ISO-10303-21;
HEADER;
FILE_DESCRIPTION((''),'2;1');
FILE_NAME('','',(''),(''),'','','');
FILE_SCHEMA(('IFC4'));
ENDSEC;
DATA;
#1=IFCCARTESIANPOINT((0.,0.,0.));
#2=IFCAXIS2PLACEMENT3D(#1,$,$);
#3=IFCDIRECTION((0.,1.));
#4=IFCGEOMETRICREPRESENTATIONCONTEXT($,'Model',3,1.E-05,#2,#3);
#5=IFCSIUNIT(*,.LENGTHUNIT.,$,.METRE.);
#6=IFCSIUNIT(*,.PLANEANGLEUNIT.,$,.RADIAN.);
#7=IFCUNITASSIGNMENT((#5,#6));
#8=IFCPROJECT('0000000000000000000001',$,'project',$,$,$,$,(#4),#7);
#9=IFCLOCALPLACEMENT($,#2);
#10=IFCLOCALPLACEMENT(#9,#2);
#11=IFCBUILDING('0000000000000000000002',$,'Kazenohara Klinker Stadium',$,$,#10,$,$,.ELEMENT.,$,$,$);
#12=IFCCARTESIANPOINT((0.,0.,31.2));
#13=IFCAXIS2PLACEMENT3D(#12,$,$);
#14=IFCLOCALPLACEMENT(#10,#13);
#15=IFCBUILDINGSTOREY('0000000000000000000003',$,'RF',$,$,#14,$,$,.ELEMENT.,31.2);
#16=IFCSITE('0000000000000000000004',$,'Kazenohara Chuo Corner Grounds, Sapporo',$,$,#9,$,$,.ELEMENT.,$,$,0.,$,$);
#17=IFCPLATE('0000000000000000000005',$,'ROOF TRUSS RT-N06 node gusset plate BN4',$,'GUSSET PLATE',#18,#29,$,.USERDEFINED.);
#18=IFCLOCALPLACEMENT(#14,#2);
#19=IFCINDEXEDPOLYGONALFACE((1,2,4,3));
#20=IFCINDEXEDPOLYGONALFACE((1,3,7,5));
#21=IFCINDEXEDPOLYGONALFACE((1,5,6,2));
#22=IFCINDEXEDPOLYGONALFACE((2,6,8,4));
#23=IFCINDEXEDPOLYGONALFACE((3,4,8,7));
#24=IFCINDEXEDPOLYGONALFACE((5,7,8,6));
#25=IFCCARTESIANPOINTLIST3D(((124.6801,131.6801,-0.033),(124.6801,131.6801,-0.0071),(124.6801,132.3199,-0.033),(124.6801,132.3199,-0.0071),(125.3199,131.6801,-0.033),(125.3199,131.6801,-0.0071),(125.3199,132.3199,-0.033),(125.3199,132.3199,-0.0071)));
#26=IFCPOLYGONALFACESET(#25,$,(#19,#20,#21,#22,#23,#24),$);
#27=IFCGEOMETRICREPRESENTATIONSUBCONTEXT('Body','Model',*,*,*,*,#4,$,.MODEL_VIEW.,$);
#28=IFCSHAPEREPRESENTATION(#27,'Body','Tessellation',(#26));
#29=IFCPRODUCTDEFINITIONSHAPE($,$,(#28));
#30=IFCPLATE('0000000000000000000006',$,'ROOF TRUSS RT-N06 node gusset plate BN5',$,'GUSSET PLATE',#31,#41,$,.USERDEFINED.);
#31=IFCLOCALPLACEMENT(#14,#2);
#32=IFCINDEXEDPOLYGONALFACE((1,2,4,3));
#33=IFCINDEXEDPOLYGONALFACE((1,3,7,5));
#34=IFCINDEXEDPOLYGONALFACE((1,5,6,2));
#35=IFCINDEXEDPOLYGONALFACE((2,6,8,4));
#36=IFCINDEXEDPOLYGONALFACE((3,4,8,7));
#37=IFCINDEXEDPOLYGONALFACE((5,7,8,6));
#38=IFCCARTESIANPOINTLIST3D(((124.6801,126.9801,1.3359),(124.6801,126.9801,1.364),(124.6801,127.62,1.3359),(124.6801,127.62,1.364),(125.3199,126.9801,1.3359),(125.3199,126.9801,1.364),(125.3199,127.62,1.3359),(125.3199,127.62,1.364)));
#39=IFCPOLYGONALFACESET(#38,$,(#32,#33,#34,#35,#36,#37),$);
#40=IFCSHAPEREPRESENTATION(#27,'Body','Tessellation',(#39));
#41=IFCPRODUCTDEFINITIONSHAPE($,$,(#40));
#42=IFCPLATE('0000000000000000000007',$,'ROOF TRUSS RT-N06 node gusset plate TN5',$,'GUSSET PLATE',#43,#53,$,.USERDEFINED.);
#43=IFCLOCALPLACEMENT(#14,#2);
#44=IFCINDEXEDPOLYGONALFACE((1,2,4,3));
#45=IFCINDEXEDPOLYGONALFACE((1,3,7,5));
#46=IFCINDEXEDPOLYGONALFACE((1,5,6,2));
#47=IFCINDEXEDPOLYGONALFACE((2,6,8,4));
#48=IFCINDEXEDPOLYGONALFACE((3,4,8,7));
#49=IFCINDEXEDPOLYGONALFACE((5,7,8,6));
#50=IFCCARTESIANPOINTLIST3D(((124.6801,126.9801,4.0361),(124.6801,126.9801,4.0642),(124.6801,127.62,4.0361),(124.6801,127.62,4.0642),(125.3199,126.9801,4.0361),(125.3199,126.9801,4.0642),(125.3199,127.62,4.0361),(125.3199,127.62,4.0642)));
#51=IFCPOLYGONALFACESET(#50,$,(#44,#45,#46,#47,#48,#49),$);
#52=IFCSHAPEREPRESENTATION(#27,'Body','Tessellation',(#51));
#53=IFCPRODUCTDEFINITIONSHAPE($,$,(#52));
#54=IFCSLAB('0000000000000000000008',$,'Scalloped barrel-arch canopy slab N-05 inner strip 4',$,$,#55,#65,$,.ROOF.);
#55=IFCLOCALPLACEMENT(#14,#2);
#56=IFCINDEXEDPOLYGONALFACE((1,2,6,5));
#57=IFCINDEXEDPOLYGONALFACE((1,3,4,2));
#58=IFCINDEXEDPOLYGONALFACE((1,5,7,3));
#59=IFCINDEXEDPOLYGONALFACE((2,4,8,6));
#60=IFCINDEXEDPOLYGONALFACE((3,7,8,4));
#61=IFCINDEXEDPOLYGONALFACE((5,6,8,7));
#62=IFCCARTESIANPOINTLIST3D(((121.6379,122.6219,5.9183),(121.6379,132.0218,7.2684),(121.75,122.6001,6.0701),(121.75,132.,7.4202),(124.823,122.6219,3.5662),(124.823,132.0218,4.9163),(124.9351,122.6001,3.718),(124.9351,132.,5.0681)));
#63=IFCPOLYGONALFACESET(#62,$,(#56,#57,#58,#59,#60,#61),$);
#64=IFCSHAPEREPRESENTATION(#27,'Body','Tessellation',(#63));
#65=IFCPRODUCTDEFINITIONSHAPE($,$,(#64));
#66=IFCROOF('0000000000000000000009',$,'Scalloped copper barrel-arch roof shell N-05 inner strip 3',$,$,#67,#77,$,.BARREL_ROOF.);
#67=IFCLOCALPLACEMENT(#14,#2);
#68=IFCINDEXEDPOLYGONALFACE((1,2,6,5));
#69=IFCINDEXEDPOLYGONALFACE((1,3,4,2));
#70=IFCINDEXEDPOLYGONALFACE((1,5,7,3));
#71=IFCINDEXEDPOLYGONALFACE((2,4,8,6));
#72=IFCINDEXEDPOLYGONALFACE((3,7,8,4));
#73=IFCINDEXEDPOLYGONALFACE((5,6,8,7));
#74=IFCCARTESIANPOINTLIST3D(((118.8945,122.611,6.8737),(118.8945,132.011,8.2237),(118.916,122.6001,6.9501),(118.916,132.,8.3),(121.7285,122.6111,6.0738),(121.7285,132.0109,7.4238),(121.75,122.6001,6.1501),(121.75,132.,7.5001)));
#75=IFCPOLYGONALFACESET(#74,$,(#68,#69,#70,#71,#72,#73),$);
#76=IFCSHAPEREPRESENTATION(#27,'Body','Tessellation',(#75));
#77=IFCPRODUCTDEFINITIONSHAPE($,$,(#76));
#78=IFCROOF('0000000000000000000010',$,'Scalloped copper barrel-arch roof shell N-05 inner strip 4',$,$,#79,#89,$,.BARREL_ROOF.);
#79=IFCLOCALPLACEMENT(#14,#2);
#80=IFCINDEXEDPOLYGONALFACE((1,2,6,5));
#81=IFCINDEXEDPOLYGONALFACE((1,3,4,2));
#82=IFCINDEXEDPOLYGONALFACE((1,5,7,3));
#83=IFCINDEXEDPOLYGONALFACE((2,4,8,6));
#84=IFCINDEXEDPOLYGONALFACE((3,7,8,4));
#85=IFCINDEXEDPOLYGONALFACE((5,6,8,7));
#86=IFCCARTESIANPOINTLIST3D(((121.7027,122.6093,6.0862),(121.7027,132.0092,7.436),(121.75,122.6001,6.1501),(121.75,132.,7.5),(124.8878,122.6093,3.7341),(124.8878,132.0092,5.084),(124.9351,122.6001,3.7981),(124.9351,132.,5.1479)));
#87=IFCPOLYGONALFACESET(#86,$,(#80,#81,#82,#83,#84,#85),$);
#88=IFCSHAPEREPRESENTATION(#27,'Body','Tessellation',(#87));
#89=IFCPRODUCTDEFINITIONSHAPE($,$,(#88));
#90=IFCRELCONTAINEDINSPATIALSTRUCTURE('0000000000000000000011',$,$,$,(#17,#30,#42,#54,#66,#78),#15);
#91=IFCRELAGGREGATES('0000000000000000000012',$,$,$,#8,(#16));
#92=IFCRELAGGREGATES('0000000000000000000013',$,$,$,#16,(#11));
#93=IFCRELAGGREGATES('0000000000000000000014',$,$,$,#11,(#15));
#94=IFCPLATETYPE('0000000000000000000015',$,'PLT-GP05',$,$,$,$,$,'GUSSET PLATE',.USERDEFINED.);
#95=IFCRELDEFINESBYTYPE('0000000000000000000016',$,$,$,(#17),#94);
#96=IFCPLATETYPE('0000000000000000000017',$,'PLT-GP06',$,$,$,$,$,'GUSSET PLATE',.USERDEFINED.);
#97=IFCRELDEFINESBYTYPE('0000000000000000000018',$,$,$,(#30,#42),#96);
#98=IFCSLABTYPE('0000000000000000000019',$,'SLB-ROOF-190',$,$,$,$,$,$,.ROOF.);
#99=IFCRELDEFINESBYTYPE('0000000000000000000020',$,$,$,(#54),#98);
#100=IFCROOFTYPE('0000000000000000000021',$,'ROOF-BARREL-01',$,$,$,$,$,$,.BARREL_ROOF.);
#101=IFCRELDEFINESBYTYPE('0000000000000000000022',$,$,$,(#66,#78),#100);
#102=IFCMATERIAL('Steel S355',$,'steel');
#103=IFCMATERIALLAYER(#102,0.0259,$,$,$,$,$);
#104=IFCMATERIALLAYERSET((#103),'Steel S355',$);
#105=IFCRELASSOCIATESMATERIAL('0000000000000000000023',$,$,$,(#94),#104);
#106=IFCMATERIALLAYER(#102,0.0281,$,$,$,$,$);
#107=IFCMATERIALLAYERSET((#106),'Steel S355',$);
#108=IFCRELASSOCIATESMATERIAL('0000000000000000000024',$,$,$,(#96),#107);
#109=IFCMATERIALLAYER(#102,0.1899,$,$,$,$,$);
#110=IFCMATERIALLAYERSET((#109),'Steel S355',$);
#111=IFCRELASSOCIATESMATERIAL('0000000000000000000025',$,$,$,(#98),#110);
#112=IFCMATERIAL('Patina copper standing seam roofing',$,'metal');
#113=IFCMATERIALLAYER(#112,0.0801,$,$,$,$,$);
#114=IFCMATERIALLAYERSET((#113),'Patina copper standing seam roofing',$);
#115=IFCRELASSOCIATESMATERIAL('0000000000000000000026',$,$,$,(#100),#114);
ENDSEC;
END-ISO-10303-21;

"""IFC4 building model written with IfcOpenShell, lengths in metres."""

from ifc_helpers import new_model, si_unit, direction, frame, origin, origin_2d, place, context, subcontext, project, spatial, polyline, rectangle, outline, extrude, material, layer, layer_set, type_object, element, save


model = new_model("IFC4")

# Units and contexts
model_context = context("Model", 3, precision=1e-05, world=origin(), true_north=direction((0.0, 1.0)))
body_context = subcontext(model_context, "Body", "Model", "MODEL_VIEW")
ifc_project = project(units=[si_unit("LENGTHUNIT", "METRE"), si_unit("PLANEANGLEUNIT", "RADIAN")], contexts=[model_context])

# Site, building, storey
site_placement = place(None, origin())
site = spatial("IfcSite", under=ifc_project, at=site_placement, Name="Kazenohara Chuo Corner Grounds, Sapporo", CompositionType="ELEMENT", RefElevation=0.0)
building_placement = place(site_placement, origin())
building = spatial("IfcBuilding", under=site, at=building_placement, Name="Kazenohara Klinker Stadium", CompositionType="ELEMENT")
storey_placement = place(building_placement, frame((0.0, 0.0, 31.2)))
storey = spatial("IfcBuildingStorey", under=building, at=storey_placement, Name="RF", CompositionType="ELEMENT", Elevation=31.2)

# Shared definitions
ifc_material_1 = material(Name="Steel S355", Category="steel")

# Plates
ifc_layer_1 = layer(ifc_material_1, 0.0259)
ifc_layer_set_1 = layer_set([ifc_layer_1], Name="Steel S355")
plate_type_1 = type_object("IfcPlateType", Name="PLT-GP05", ElementType="GUSSET PLATE", PredefinedType="USERDEFINED", material=ifc_layer_set_1)
plate_1_placement = place(storey_placement, frame((125.0, 132.0, -0.033), z_axis=(0.0, 0.0, 1.0), x_axis=(1.0, 0.0, 0.0)))
element("IfcPlate", 1, at=plate_1_placement, inside=storey, type_object=plate_type_1, Name="ROOF TRUSS RT-N06 node gusset plate BN4", ObjectType="GUSSET PLATE", PredefinedType="USERDEFINED", context=body_context, shape_type="SweptSolid", body=[
    extrude(rectangle(XDim=0.6399, YDim=0.6399, at=origin_2d()), origin(), (0.0, 0.0, 1.0), 0.0259),
])
ifc_layer_2 = layer(ifc_material_1, 0.0281)
ifc_layer_set_2 = layer_set([ifc_layer_2], Name="Steel S355")
plate_type_2 = type_object("IfcPlateType", Name="PLT-GP06", ElementType="GUSSET PLATE", PredefinedType="USERDEFINED", material=ifc_layer_set_2)
for number, where, z_axis, x_axis, name in (
    (2, (125.0, 127.3, 1.3359), (0.0, 0.0, 1.0), (1.0, 0.0, 0.0), "ROOF TRUSS RT-N06 node gusset plate BN5"),
    (3, (125.0, 127.3, 4.0361), (0.0, 0.0, 1.0), (1.0, 0.0, 0.0), "ROOF TRUSS RT-N06 node gusset plate TN5"),
):
    element("IfcPlate", number, at=place(storey_placement, frame(where, z_axis=z_axis, x_axis=x_axis)), inside=storey, type_object=plate_type_2, Name=name, ObjectType="GUSSET PLATE", PredefinedType="USERDEFINED", context=body_context, shape_type="SweptSolid", body=[
        extrude(rectangle(XDim=0.6399, YDim=0.6399, at=origin_2d()), origin(), (0.0, 0.0, 1.0), 0.0281),
    ])

# Slab
ifc_layer_3 = layer(ifc_material_1, 0.1899)
ifc_layer_set_3 = layer_set([ifc_layer_3], Name="Steel S355")
slab_type = type_object("IfcSlabType", Name="SLB-ROOF-190", PredefinedType="ROOF", material=ifc_layer_set_3)
slab_placement = place(storey_placement, frame((121.75, 132.0, 7.4202), z_axis=(0.590118, -0.114776, 0.799116), x_axis=(0.0, -0.989842, -0.14217)))
element("IfcSlab", 4, at=slab_placement, inside=storey, type_object=slab_type, Name="Scalloped barrel-arch canopy slab N-05 inner strip 4", PredefinedType="ROOF", context=body_context, shape_type="SweptSolid", body=[
    extrude(outline(polyline([(0.0, 0.0), (9.4964, 0.0), (9.8308, 3.9452), (0.3344, 3.9452), (0.0, 0.0)])), origin(), (0.0, 0.0, -1.0), 0.1899),
])

# Roofs
ifc_material_2 = material(Name="Patina copper standing seam roofing", Category="metal")
ifc_layer_4 = layer(ifc_material_2, 0.0801)
ifc_layer_set_4 = layer_set([ifc_layer_4], Name="Patina copper standing seam roofing")
roof_type = type_object("IfcRoofType", Name="ROOF-BARREL-01", PredefinedType="BARREL_ROOF", material=ifc_layer_set_4)
roof_1_placement = place(storey_placement, frame((118.916, 132.0, 8.3), z_axis=(0.26909, -0.136914, 0.953334), x_axis=(0.000003, -0.989844, -0.142158)))
element("IfcRoof", 5, at=roof_1_placement, inside=storey, type_object=roof_type, Name="Scalloped copper barrel-arch roof shell N-05 inner strip 3", PredefinedType="BARREL_ROOF", context=body_context, shape_type="SweptSolid", body=[
    extrude(outline(polyline([(0.0, 0.0), (9.4964, 0.0), (9.6101, 2.9425), (0.1137, 2.9426), (0.0, 0.0)])), origin(), (0.0, 0.0, -1.0), 0.0801),
])
roof_2_placement = place(storey_placement, frame((121.75, 132.0, 7.5), z_axis=(0.59012, -0.114756, 0.799118), x_axis=(0.0, -0.989846, -0.142145)))
element("IfcRoof", 6, at=roof_2_placement, inside=storey, type_object=roof_type, Name="Scalloped copper barrel-arch roof shell N-05 inner strip 4", PredefinedType="BARREL_ROOF", context=body_context, shape_type="SweptSolid", body=[
    extrude(outline(polyline([(0.0, 0.0), (9.4963, 0.0), (9.8307, 3.9452), (0.3343, 3.9452), (0.0, 0.0)])), origin(), (0.0, 0.0, -1.0), 0.0801),
])

save(model, "model.ifc")
